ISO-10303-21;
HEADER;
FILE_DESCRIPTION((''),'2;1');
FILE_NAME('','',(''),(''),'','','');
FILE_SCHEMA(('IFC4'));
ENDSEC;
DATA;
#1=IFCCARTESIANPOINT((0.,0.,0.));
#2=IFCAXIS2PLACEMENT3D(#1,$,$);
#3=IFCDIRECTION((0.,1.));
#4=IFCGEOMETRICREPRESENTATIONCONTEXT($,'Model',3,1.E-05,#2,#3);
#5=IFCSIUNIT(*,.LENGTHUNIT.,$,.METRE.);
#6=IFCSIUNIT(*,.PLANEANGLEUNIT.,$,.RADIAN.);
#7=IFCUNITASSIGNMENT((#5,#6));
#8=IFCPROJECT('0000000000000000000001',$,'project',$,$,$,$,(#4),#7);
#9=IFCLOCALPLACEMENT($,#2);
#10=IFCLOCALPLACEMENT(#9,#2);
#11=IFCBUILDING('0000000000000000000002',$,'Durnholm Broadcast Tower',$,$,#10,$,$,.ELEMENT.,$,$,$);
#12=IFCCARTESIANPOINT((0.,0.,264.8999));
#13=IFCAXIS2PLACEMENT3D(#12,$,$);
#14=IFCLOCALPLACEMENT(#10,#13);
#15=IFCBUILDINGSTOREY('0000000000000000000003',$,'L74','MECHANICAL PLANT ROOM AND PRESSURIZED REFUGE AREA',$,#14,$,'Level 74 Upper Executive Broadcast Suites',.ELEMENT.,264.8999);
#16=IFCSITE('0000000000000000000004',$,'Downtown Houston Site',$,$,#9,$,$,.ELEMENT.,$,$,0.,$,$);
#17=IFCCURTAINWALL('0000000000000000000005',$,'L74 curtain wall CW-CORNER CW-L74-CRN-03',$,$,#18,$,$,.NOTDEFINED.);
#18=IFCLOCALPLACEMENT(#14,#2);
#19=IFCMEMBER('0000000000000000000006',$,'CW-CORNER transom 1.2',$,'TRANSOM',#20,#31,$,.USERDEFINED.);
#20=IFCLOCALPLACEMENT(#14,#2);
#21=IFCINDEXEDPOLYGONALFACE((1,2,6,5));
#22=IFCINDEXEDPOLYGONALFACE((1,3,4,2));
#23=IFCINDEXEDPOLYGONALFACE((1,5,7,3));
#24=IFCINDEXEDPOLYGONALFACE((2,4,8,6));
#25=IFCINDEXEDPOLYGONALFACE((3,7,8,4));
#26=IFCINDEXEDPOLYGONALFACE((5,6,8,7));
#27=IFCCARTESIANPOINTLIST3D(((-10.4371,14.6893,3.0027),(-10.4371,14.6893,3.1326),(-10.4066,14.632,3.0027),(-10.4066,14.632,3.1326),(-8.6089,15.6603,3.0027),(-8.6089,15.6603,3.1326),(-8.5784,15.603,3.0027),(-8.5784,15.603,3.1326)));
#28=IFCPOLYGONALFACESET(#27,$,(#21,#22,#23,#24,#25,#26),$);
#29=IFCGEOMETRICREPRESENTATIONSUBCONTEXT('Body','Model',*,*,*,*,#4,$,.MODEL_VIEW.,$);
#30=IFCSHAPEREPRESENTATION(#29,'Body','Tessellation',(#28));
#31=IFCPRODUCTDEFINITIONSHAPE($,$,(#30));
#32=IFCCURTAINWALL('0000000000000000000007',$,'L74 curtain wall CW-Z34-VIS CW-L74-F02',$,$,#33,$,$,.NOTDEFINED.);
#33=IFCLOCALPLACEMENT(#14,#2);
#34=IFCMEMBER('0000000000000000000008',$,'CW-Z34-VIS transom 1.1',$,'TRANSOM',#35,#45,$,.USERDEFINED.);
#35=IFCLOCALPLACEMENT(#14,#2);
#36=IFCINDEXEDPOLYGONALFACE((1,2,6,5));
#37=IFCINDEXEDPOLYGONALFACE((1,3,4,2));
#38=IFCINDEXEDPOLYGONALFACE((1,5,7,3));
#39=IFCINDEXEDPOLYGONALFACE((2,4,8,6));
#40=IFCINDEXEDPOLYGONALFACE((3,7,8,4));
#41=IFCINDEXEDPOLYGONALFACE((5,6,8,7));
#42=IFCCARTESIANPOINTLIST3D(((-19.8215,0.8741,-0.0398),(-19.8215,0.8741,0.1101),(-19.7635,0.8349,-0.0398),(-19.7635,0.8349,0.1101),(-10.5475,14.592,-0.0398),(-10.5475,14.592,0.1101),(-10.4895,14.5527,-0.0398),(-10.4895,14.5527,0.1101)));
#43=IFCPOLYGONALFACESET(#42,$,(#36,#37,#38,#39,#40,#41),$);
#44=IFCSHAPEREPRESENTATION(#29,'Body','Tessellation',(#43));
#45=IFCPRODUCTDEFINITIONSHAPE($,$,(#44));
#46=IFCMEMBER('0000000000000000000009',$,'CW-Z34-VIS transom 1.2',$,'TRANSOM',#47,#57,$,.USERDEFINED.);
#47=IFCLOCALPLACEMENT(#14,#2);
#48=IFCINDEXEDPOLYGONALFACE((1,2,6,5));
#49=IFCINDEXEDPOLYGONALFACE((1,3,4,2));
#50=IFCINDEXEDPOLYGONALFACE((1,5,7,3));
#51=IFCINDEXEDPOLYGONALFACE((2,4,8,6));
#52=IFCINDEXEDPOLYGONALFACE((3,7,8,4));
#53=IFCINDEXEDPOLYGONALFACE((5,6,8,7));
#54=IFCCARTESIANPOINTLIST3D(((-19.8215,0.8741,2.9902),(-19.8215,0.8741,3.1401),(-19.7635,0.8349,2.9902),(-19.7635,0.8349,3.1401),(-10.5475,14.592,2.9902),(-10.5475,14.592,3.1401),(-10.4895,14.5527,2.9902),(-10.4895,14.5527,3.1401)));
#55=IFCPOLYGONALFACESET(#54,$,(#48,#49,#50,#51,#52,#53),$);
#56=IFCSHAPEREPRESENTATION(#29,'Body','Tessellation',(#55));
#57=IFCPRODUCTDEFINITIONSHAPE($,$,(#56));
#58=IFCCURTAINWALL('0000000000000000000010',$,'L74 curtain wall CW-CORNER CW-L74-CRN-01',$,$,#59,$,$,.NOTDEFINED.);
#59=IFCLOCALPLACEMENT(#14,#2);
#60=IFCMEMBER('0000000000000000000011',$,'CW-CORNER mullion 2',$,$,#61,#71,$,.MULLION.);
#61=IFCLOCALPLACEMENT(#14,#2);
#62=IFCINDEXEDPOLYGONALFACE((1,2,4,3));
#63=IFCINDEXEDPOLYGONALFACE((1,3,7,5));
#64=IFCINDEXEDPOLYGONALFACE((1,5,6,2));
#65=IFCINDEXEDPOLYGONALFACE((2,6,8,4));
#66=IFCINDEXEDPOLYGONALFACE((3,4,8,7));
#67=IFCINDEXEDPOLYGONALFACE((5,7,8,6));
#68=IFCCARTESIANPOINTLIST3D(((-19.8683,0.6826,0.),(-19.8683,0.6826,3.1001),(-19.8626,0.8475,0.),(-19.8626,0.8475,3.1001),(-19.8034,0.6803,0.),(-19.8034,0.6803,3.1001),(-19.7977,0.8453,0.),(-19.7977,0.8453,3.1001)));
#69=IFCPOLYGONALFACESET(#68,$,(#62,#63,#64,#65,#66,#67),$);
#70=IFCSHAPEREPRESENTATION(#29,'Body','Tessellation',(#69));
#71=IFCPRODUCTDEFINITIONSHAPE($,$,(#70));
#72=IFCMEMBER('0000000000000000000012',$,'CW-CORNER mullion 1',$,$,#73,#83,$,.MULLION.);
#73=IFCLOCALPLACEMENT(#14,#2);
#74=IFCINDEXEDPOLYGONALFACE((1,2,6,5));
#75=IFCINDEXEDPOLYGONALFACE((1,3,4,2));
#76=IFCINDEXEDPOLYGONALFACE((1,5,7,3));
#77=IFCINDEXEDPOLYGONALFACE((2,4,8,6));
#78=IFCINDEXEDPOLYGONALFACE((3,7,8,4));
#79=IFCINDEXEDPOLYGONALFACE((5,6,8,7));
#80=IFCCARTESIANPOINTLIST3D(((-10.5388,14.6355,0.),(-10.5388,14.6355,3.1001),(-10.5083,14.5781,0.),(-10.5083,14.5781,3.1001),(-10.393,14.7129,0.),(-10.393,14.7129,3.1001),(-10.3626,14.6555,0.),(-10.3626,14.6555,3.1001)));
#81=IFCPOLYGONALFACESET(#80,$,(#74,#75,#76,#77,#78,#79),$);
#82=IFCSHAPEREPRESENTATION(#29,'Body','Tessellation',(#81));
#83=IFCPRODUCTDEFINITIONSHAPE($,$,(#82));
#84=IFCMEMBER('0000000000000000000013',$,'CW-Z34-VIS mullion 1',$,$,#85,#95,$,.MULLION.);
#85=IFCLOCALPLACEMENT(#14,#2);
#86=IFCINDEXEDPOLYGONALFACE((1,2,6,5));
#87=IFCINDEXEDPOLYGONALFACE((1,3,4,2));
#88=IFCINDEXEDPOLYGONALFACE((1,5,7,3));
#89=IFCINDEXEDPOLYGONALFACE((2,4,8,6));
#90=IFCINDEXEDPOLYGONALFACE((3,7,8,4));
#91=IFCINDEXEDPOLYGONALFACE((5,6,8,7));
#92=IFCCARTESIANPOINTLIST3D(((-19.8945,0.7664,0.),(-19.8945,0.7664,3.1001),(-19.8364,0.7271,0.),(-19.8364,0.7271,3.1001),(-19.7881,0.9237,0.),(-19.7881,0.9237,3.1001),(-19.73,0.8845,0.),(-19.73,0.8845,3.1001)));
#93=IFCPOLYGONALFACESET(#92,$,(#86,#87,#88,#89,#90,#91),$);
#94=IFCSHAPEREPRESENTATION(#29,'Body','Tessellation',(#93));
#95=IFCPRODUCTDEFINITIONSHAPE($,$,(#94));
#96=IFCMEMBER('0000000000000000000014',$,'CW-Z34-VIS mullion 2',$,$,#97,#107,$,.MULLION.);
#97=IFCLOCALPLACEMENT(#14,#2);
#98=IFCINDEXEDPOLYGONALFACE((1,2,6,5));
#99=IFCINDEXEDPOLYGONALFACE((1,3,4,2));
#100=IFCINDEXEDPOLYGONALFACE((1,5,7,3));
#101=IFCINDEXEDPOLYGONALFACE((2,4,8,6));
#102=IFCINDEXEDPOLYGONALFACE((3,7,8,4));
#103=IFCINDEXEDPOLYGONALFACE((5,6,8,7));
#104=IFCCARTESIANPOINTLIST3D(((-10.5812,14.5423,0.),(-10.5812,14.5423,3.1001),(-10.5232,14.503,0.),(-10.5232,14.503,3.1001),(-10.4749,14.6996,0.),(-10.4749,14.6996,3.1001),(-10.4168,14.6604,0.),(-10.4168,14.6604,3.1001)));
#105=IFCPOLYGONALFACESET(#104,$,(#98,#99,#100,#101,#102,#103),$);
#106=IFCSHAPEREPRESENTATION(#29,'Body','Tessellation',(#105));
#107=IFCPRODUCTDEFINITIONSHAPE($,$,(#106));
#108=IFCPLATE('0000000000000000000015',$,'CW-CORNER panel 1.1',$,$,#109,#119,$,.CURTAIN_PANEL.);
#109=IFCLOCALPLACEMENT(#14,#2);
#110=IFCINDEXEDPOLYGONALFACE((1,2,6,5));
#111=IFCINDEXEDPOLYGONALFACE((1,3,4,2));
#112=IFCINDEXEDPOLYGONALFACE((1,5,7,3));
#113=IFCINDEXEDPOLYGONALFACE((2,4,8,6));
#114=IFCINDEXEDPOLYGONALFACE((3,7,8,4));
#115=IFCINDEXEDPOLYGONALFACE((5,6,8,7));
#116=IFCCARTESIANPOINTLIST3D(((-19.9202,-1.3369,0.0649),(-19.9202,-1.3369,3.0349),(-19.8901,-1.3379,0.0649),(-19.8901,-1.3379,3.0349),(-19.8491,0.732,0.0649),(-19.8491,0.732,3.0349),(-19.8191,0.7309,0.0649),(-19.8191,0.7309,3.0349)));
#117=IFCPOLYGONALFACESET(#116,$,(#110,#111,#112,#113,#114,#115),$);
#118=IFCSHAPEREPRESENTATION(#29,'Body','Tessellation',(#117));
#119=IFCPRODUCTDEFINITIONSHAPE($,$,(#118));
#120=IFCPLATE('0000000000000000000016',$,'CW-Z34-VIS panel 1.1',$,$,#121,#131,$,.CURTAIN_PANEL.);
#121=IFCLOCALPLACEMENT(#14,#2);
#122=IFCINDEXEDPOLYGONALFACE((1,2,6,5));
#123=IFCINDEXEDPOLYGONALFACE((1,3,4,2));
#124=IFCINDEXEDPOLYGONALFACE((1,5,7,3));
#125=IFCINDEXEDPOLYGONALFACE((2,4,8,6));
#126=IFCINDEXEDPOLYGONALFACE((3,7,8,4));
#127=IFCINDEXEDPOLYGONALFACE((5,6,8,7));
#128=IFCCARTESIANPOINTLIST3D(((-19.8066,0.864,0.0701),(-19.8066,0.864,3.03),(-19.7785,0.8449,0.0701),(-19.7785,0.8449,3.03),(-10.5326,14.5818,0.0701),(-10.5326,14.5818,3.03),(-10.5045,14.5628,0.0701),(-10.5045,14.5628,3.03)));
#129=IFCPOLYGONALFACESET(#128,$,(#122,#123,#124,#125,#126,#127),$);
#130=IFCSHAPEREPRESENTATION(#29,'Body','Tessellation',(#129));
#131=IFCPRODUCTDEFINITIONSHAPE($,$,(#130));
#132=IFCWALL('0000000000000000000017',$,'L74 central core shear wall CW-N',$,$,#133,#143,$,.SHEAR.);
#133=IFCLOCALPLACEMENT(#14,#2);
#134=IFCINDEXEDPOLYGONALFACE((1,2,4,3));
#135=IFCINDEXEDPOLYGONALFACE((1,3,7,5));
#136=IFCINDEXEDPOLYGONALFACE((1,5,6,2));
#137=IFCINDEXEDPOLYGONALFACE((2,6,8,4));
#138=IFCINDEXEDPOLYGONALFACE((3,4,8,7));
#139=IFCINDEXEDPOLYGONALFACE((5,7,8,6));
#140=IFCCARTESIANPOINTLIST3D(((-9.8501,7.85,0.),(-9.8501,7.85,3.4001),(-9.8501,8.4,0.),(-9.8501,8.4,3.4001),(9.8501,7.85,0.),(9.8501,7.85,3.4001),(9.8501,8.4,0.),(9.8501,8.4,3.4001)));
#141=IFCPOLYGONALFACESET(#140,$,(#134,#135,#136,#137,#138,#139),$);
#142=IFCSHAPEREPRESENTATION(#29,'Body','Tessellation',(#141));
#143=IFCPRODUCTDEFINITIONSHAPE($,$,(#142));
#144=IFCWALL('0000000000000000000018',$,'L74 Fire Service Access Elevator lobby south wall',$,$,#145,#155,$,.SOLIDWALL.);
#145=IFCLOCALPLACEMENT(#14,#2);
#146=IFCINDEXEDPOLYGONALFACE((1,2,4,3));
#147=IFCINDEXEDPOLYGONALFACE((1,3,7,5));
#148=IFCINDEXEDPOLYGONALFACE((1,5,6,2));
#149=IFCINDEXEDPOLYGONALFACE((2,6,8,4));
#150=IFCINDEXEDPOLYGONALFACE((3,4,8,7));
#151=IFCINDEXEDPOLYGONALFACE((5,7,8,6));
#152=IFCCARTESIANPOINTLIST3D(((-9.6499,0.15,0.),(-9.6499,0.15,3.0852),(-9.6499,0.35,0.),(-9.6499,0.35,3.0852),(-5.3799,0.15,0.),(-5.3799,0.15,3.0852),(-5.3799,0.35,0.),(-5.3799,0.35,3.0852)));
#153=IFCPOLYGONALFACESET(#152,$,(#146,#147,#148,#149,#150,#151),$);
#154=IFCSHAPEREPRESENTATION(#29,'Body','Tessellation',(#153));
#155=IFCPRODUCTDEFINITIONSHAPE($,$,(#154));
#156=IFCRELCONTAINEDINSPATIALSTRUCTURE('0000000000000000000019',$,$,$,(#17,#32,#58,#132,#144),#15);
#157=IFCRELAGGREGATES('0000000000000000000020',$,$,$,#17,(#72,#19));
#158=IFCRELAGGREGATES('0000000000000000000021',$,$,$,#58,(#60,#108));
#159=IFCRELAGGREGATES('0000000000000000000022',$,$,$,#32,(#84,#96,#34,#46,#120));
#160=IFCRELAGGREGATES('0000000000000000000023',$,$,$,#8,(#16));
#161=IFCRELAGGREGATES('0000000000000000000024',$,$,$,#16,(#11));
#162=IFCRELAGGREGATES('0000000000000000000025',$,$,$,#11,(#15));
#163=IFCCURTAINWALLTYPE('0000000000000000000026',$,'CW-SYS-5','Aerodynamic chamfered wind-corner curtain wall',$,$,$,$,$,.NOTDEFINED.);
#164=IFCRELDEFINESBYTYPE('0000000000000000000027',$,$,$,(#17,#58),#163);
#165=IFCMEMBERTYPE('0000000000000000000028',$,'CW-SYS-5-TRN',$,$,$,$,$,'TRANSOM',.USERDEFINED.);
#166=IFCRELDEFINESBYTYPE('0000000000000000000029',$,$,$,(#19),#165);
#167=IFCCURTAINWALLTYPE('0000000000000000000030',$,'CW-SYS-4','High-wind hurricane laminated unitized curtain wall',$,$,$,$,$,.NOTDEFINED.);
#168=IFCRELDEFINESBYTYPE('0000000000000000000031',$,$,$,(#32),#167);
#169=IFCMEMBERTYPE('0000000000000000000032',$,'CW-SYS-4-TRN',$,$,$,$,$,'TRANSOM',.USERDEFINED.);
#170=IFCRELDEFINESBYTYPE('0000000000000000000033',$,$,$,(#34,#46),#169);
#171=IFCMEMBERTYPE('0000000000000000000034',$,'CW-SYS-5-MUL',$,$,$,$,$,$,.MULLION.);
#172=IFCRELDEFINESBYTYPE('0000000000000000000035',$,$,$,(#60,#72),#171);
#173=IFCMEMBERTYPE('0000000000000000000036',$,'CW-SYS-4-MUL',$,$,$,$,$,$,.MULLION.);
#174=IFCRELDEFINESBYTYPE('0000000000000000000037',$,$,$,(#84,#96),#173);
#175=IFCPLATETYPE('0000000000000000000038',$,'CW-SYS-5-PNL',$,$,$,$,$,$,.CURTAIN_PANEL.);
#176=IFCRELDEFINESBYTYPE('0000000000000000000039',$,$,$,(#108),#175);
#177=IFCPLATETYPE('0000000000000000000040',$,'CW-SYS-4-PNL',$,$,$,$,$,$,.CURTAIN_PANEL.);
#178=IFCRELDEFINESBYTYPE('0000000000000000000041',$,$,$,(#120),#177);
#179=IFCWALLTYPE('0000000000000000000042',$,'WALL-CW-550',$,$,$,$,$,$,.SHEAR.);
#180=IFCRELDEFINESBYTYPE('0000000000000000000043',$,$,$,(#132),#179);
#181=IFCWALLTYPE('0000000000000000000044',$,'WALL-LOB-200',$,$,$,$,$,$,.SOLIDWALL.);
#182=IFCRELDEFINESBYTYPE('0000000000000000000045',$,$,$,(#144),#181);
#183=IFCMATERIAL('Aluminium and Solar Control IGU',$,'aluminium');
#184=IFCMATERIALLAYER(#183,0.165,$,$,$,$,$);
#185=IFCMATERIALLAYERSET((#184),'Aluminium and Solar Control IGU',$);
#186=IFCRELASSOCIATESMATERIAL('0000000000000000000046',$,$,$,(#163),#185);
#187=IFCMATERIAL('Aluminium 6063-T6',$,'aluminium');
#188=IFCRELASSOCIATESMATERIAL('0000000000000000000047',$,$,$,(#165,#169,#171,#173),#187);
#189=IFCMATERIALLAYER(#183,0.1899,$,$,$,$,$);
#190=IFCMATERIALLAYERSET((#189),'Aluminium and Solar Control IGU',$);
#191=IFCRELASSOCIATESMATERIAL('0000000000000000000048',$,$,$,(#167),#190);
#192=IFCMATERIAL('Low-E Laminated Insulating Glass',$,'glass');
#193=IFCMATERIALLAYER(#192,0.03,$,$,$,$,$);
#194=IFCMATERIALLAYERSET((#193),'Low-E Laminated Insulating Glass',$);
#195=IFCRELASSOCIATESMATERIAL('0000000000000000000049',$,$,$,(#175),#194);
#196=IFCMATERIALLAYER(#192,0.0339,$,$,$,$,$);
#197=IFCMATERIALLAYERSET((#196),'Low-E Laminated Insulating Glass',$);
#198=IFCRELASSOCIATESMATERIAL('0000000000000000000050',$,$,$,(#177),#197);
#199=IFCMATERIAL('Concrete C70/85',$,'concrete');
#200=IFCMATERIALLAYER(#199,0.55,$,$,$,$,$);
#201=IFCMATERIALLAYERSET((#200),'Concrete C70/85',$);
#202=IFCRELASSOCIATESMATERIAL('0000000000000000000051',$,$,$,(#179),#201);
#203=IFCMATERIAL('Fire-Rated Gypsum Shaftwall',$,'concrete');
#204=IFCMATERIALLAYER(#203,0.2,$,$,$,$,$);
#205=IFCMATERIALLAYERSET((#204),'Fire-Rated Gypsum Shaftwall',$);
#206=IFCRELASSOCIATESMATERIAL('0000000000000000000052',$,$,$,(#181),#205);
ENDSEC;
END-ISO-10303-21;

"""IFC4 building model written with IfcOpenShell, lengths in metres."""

from ifc_helpers import new_model, si_unit, direction, frame, frame_2d, origin, origin_2d, place, context, subcontext, project, spatial, rectangle, extrude, source, transform, mapped, material, layer, layer_set, material_profile, profile_set, type_object, type_shapes, element, aggregate, save


model = new_model("IFC4")

# Units and contexts
model_context = context("Model", 3, precision=1e-05, world=origin(), true_north=direction((0.0, 1.0)))
body_context = subcontext(model_context, "Body", "Model", "MODEL_VIEW")
ifc_project = project(units=[si_unit("LENGTHUNIT", "METRE"), si_unit("PLANEANGLEUNIT", "RADIAN")], contexts=[model_context])

# Site, building, storey
site_placement = place(None, origin())
site = spatial("IfcSite", under=ifc_project, at=site_placement, Name="Downtown Houston Site", CompositionType="ELEMENT", RefElevation=0.0)
building_placement = place(site_placement, origin())
building = spatial("IfcBuilding", under=site, at=building_placement, Name="Durnholm Broadcast Tower", CompositionType="ELEMENT")
storey_placement = place(building_placement, frame((0.0, 0.0, 264.8999)))
storey = spatial("IfcBuildingStorey", under=building, at=storey_placement, Name="L74", Description="MECHANICAL PLANT ROOM AND PRESSURIZED REFUGE AREA", LongName="Level 74 Upper Executive Broadcast Suites", CompositionType="ELEMENT", Elevation=264.8999)

# Shared definitions
ifc_material_1 = material(Name="Concrete C70/85", Category="concrete")

# Curtain walls, members
ifc_material_2 = material(Name="Aluminium and Solar Control IGU", Category="aluminium")
ifc_layer_1 = layer(ifc_material_2, 0.165)
ifc_layer_set_1 = layer_set([ifc_layer_1], Name="Aluminium and Solar Control IGU")
curtain_wall_type_1 = type_object("IfcCurtainWallType", Name="CW-SYS-5", Description="Aerodynamic chamfered wind-corner curtain wall", PredefinedType="NOTDEFINED", material=ifc_layer_set_1)
curtain_wall_1_placement = place(storey_placement, origin())
curtain_wall_1 = element("IfcCurtainWall", 1, at=curtain_wall_1_placement, inside=storey, type_object=curtain_wall_type_1, Name="L74 curtain wall CW-CORNER CW-L74-CRN-03", PredefinedType="NOTDEFINED")
ifc_material_3 = material(Name="Aluminium 6063-T6", Category="aluminium")
ifc_material_profile_1 = material_profile(ifc_material_3, rectangle(XDim=0.0649, YDim=0.1299, at=origin_2d()), Name="CWT65X130")
ifc_profile_set_1 = profile_set([ifc_material_profile_1], Name="Aluminium 6063-T6")
member_type_1 = type_object("IfcMemberType", Name="CW-SYS-5-TRN", ElementType="TRANSOM", PredefinedType="USERDEFINED", material=ifc_profile_set_1)
shared_shape_1 = source(origin(), body_context, "Body", "SweptSolid", [
    extrude(rectangle(XDim=0.0649, YDim=0.1299, at=origin_2d()), origin(), (0.0, 0.0, 1.0), 2.0701),
])
type_shapes(member_type_1, [shared_shape_1])
member_1_placement = place(storey_placement, frame((-10.4219, 14.6606, 3.0676), z_axis=(0.883165, 0.469063, 0.0), x_axis=(-0.469063, 0.883165, 0.0)))
member_1 = element("IfcMember", 2, at=member_1_placement, type_object=member_type_1, Name="CW-CORNER transom 1.2", ObjectType="TRANSOM", PredefinedType="USERDEFINED", context=body_context, shape_type="MappedRepresentation", body=[
    mapped(shared_shape_1, transform((0.0, 0.0, 0.0), x_axis=(1.0, 0.0, 0.0), y_axis=(0.0, 1.0, 0.0), z_axis=(0.0, 0.0, 1.0), scale=1.0)),
])
ifc_layer_2 = layer(ifc_material_2, 0.1899)
ifc_layer_set_2 = layer_set([ifc_layer_2], Name="Aluminium and Solar Control IGU")
curtain_wall_type_2 = type_object("IfcCurtainWallType", Name="CW-SYS-4", Description="High-wind hurricane laminated unitized curtain wall", PredefinedType="NOTDEFINED", material=ifc_layer_set_2)
curtain_wall_2_placement = place(storey_placement, origin())
curtain_wall_2 = element("IfcCurtainWall", 3, at=curtain_wall_2_placement, inside=storey, type_object=curtain_wall_type_2, Name="L74 curtain wall CW-Z34-VIS CW-L74-F02", PredefinedType="NOTDEFINED")
ifc_material_profile_2 = material_profile(ifc_material_3, rectangle(XDim=0.0701, YDim=0.1499, at=origin_2d()), Name="CWT70X150")
ifc_profile_set_2 = profile_set([ifc_material_profile_2], Name="Aluminium 6063-T6")
member_type_2 = type_object("IfcMemberType", Name="CW-SYS-4-TRN", ElementType="TRANSOM", PredefinedType="USERDEFINED", material=ifc_profile_set_2)
shared_shape_2 = source(origin(), body_context, "Body", "SweptSolid", [
    extrude(rectangle(XDim=0.0701, YDim=0.1499, at=origin_2d()), origin(), (0.0, 0.0, 1.0), 16.5586),
])
type_shapes(member_type_2, [shared_shape_2])
member_2_placement = place(storey_placement, frame((-19.7925, 0.8545, 0.0352), z_axis=(0.560071, 0.828444, 0.0), x_axis=(-0.828444, 0.560071, 0.0)))
member_2 = element("IfcMember", 4, at=member_2_placement, type_object=member_type_2, Name="CW-Z34-VIS transom 1.1", ObjectType="TRANSOM", PredefinedType="USERDEFINED", context=body_context, shape_type="MappedRepresentation", body=[
    mapped(shared_shape_2, transform((0.0, 0.0, 0.0), x_axis=(1.0, 0.0, 0.0), y_axis=(0.0, 1.0, 0.0), z_axis=(0.0, 0.0, 1.0), scale=1.0)),
])
member_3_placement = place(storey_placement, frame((-19.7925, 0.8545, 3.0652), z_axis=(0.560071, 0.828444, 0.0), x_axis=(-0.828444, 0.560071, 0.0)))
member_3 = element("IfcMember", 5, at=member_3_placement, type_object=member_type_2, Name="CW-Z34-VIS transom 1.2", ObjectType="TRANSOM", PredefinedType="USERDEFINED", context=body_context, shape_type="MappedRepresentation", body=[
    mapped(shared_shape_2, transform((0.0, 0.0, 0.0), x_axis=(1.0, 0.0, 0.0), y_axis=(0.0, 1.0, 0.0), z_axis=(0.0, 0.0, 1.0), scale=1.0)),
])

# Curtain wall, member
curtain_wall_3_placement = place(storey_placement, origin())
curtain_wall_3 = element("IfcCurtainWall", 6, at=curtain_wall_3_placement, inside=storey, type_object=curtain_wall_type_1, Name="L74 curtain wall CW-CORNER CW-L74-CRN-01", PredefinedType="NOTDEFINED")
ifc_material_profile_3 = material_profile(ifc_material_3, rectangle(XDim=0.0649, YDim=0.165, at=origin_2d()), Name="CWM65X165")
ifc_profile_set_3 = profile_set([ifc_material_profile_3], Name="Aluminium 6063-T6")
member_type_3 = type_object("IfcMemberType", Name="CW-SYS-5-MUL", PredefinedType="MULLION", material=ifc_profile_set_3)
shared_shape_3 = source(origin(), body_context, "Body", "SweptSolid", [
    extrude(rectangle(XDim=0.0649, YDim=0.165, at=origin_2d()), origin(), (0.0, 0.0, 1.0), 3.1001),
])
type_shapes(member_type_3, [shared_shape_3])
member_4_placement = place(storey_placement, frame((-19.833, 0.7639, 0.0), z_axis=(0.0, 0.0, 1.0), x_axis=(-0.999411, 0.034318, 0.0)))
member_4 = element("IfcMember", 7, at=member_4_placement, type_object=member_type_3, Name="CW-CORNER mullion 2", PredefinedType="MULLION", context=body_context, shape_type="MappedRepresentation", body=[
    mapped(shared_shape_3, transform((0.0, 0.0, 0.0), x_axis=(1.0, 0.0, 0.0), y_axis=(0.0, 1.0, 0.0), z_axis=(0.0, 0.0, 1.0), scale=1.0)),
])

# Members
member_5_placement = place(storey_placement, frame((-10.4507, 14.6455, 0.0), z_axis=(0.0, 0.0, 1.0), x_axis=(-0.469007, 0.883195, 0.0)))
member_5 = element("IfcMember", 8, at=member_5_placement, type_object=member_type_3, Name="CW-CORNER mullion 1", PredefinedType="MULLION", context=body_context, shape_type="MappedRepresentation", body=[
    mapped(shared_shape_3, transform((0.0, 0.0, 0.0), x_axis=(1.0, 0.0, 0.0), y_axis=(0.0, 1.0, 0.0), z_axis=(0.0, 0.0, 1.0), scale=1.0)),
])
aggregate(curtain_wall_1, [member_5, member_1])
ifc_material_profile_4 = material_profile(ifc_material_3, rectangle(XDim=0.0701, YDim=0.1899, at=origin_2d()), Name="CWM70X190")
ifc_profile_set_4 = profile_set([ifc_material_profile_4], Name="Aluminium 6063-T6")
member_type_4 = type_object("IfcMemberType", Name="CW-SYS-4-MUL", PredefinedType="MULLION", material=ifc_profile_set_4)
shared_shape_4 = source(origin(), body_context, "Body", "SweptSolid", [
    extrude(rectangle(XDim=0.0701, YDim=0.1899, at=origin_2d()), origin(), (0.0, 0.0, 1.0), 3.1001),
])
type_shapes(member_type_4, [shared_shape_4])
member_6_placement = place(storey_placement, frame((-19.8123, 0.8254, 0.0), z_axis=(0.0, 0.0, 1.0), x_axis=(-0.828443, 0.560073, 0.0)))
member_6 = element("IfcMember", 9, at=member_6_placement, type_object=member_type_4, Name="CW-Z34-VIS mullion 1", PredefinedType="MULLION", context=body_context, shape_type="MappedRepresentation", body=[
    mapped(shared_shape_4, transform((0.0, 0.0, 0.0), x_axis=(1.0, 0.0, 0.0), y_axis=(0.0, 1.0, 0.0), z_axis=(0.0, 0.0, 1.0), scale=1.0)),
])
member_7_placement = place(storey_placement, frame((-10.499, 14.6013, 0.0), z_axis=(0.0, 0.0, 1.0), x_axis=(-0.828443, 0.560073, 0.0)))
member_7 = element("IfcMember", 10, at=member_7_placement, type_object=member_type_4, Name="CW-Z34-VIS mullion 2", PredefinedType="MULLION", context=body_context, shape_type="MappedRepresentation", body=[
    mapped(shared_shape_4, transform((0.0, 0.0, 0.0), x_axis=(1.0, 0.0, 0.0), y_axis=(0.0, 1.0, 0.0), z_axis=(0.0, 0.0, 1.0), scale=1.0)),
])

# Plates
ifc_material_4 = material(Name="Low-E Laminated Insulating Glass", Category="glass")
ifc_layer_3 = layer(ifc_material_4, 0.03)
ifc_layer_set_3 = layer_set([ifc_layer_3], Name="Low-E Laminated Insulating Glass")
plate_type_1 = type_object("IfcPlateType", Name="CW-SYS-5-PNL", PredefinedType="CURTAIN_PANEL", material=ifc_layer_set_3)
shared_shape_5 = source(origin(), body_context, "Body", "SweptSolid", [
    extrude(rectangle(XDim=2.0701, YDim=0.03, at=origin_2d()), origin(), (0.0, 0.0, 1.0), 2.97),
])
type_shapes(plate_type_1, [shared_shape_5])
plate_1_placement = place(storey_placement, frame((-19.8696, -0.303, 0.0649), z_axis=(0.0, 0.0, 1.0), x_axis=(0.034318, 0.999411, 0.0)))
plate_1 = element("IfcPlate", 11, at=plate_1_placement, type_object=plate_type_1, Name="CW-CORNER panel 1.1", PredefinedType="CURTAIN_PANEL", context=body_context, shape_type="MappedRepresentation", body=[
    mapped(shared_shape_5, transform((0.0, 0.0, 0.0), x_axis=(1.0, 0.0, 0.0), y_axis=(0.0, 1.0, 0.0), z_axis=(0.0, 0.0, 1.0), scale=1.0)),
])
aggregate(curtain_wall_3, [member_4, plate_1])
ifc_layer_4 = layer(ifc_material_4, 0.0339)
ifc_layer_set_4 = layer_set([ifc_layer_4], Name="Low-E Laminated Insulating Glass")
plate_type_2 = type_object("IfcPlateType", Name="CW-SYS-4-PNL", PredefinedType="CURTAIN_PANEL", material=ifc_layer_set_4)
shared_shape_6 = source(origin(), body_context, "Body", "SweptSolid", [
    extrude(rectangle(XDim=16.5586, YDim=0.0339, at=origin_2d()), origin(), (0.0, 0.0, 1.0), 2.96),
])
type_shapes(plate_type_2, [shared_shape_6])
plate_2_placement = place(storey_placement, frame((-15.1555, 7.7134, 0.0701), z_axis=(0.0, 0.0, 1.0), x_axis=(0.560073, 0.828443, 0.0)))
plate_2 = element("IfcPlate", 12, at=plate_2_placement, type_object=plate_type_2, Name="CW-Z34-VIS panel 1.1", PredefinedType="CURTAIN_PANEL", context=body_context, shape_type="MappedRepresentation", body=[
    mapped(shared_shape_6, transform((0.0, 0.0, 0.0), x_axis=(1.0, 0.0, 0.0), y_axis=(0.0, 1.0, 0.0), z_axis=(0.0, 0.0, 1.0), scale=1.0)),
])
aggregate(curtain_wall_2, [member_6, member_7, member_2, member_3, plate_2])

# Walls
ifc_layer_5 = layer(ifc_material_1, 0.55)
ifc_layer_set_5 = layer_set([ifc_layer_5], Name="Concrete C70/85")
wall_type_1 = type_object("IfcWallType", Name="WALL-CW-550", PredefinedType="SHEAR", material=ifc_layer_set_5)
wall_1_placement = place(storey_placement, frame((-9.8501, 8.125, 0.0), z_axis=(0.0, 0.0, 1.0), x_axis=(1.0, 0.0, 0.0)))
element("IfcWall", 13, at=wall_1_placement, inside=storey, type_object=wall_type_1, Name="L74 central core shear wall CW-N", PredefinedType="SHEAR", context=body_context, shape_type="SweptSolid", body=[
    extrude(rectangle(XDim=19.7002, YDim=0.55, at=frame_2d((9.8501, 0.0))), origin(), (0.0, 0.0, 1.0), 3.4001),
])
ifc_material_5 = material(Name="Fire-Rated Gypsum Shaftwall", Category="concrete")
ifc_layer_6 = layer(ifc_material_5, 0.2)
ifc_layer_set_6 = layer_set([ifc_layer_6], Name="Fire-Rated Gypsum Shaftwall")
wall_type_2 = type_object("IfcWallType", Name="WALL-LOB-200", PredefinedType="SOLIDWALL", material=ifc_layer_set_6)
wall_2_placement = place(storey_placement, frame((-9.6499, 0.25, 0.0), z_axis=(0.0, 0.0, 1.0), x_axis=(1.0, 0.0, 0.0)))
element("IfcWall", 14, at=wall_2_placement, inside=storey, type_object=wall_type_2, Name="L74 Fire Service Access Elevator lobby south wall", PredefinedType="SOLIDWALL", context=body_context, shape_type="SweptSolid", body=[
    extrude(rectangle(XDim=4.27, YDim=0.2, at=frame_2d((2.135, 0.0))), origin(), (0.0, 0.0, 1.0), 3.0852),
])

save(model, "model.ifc")
